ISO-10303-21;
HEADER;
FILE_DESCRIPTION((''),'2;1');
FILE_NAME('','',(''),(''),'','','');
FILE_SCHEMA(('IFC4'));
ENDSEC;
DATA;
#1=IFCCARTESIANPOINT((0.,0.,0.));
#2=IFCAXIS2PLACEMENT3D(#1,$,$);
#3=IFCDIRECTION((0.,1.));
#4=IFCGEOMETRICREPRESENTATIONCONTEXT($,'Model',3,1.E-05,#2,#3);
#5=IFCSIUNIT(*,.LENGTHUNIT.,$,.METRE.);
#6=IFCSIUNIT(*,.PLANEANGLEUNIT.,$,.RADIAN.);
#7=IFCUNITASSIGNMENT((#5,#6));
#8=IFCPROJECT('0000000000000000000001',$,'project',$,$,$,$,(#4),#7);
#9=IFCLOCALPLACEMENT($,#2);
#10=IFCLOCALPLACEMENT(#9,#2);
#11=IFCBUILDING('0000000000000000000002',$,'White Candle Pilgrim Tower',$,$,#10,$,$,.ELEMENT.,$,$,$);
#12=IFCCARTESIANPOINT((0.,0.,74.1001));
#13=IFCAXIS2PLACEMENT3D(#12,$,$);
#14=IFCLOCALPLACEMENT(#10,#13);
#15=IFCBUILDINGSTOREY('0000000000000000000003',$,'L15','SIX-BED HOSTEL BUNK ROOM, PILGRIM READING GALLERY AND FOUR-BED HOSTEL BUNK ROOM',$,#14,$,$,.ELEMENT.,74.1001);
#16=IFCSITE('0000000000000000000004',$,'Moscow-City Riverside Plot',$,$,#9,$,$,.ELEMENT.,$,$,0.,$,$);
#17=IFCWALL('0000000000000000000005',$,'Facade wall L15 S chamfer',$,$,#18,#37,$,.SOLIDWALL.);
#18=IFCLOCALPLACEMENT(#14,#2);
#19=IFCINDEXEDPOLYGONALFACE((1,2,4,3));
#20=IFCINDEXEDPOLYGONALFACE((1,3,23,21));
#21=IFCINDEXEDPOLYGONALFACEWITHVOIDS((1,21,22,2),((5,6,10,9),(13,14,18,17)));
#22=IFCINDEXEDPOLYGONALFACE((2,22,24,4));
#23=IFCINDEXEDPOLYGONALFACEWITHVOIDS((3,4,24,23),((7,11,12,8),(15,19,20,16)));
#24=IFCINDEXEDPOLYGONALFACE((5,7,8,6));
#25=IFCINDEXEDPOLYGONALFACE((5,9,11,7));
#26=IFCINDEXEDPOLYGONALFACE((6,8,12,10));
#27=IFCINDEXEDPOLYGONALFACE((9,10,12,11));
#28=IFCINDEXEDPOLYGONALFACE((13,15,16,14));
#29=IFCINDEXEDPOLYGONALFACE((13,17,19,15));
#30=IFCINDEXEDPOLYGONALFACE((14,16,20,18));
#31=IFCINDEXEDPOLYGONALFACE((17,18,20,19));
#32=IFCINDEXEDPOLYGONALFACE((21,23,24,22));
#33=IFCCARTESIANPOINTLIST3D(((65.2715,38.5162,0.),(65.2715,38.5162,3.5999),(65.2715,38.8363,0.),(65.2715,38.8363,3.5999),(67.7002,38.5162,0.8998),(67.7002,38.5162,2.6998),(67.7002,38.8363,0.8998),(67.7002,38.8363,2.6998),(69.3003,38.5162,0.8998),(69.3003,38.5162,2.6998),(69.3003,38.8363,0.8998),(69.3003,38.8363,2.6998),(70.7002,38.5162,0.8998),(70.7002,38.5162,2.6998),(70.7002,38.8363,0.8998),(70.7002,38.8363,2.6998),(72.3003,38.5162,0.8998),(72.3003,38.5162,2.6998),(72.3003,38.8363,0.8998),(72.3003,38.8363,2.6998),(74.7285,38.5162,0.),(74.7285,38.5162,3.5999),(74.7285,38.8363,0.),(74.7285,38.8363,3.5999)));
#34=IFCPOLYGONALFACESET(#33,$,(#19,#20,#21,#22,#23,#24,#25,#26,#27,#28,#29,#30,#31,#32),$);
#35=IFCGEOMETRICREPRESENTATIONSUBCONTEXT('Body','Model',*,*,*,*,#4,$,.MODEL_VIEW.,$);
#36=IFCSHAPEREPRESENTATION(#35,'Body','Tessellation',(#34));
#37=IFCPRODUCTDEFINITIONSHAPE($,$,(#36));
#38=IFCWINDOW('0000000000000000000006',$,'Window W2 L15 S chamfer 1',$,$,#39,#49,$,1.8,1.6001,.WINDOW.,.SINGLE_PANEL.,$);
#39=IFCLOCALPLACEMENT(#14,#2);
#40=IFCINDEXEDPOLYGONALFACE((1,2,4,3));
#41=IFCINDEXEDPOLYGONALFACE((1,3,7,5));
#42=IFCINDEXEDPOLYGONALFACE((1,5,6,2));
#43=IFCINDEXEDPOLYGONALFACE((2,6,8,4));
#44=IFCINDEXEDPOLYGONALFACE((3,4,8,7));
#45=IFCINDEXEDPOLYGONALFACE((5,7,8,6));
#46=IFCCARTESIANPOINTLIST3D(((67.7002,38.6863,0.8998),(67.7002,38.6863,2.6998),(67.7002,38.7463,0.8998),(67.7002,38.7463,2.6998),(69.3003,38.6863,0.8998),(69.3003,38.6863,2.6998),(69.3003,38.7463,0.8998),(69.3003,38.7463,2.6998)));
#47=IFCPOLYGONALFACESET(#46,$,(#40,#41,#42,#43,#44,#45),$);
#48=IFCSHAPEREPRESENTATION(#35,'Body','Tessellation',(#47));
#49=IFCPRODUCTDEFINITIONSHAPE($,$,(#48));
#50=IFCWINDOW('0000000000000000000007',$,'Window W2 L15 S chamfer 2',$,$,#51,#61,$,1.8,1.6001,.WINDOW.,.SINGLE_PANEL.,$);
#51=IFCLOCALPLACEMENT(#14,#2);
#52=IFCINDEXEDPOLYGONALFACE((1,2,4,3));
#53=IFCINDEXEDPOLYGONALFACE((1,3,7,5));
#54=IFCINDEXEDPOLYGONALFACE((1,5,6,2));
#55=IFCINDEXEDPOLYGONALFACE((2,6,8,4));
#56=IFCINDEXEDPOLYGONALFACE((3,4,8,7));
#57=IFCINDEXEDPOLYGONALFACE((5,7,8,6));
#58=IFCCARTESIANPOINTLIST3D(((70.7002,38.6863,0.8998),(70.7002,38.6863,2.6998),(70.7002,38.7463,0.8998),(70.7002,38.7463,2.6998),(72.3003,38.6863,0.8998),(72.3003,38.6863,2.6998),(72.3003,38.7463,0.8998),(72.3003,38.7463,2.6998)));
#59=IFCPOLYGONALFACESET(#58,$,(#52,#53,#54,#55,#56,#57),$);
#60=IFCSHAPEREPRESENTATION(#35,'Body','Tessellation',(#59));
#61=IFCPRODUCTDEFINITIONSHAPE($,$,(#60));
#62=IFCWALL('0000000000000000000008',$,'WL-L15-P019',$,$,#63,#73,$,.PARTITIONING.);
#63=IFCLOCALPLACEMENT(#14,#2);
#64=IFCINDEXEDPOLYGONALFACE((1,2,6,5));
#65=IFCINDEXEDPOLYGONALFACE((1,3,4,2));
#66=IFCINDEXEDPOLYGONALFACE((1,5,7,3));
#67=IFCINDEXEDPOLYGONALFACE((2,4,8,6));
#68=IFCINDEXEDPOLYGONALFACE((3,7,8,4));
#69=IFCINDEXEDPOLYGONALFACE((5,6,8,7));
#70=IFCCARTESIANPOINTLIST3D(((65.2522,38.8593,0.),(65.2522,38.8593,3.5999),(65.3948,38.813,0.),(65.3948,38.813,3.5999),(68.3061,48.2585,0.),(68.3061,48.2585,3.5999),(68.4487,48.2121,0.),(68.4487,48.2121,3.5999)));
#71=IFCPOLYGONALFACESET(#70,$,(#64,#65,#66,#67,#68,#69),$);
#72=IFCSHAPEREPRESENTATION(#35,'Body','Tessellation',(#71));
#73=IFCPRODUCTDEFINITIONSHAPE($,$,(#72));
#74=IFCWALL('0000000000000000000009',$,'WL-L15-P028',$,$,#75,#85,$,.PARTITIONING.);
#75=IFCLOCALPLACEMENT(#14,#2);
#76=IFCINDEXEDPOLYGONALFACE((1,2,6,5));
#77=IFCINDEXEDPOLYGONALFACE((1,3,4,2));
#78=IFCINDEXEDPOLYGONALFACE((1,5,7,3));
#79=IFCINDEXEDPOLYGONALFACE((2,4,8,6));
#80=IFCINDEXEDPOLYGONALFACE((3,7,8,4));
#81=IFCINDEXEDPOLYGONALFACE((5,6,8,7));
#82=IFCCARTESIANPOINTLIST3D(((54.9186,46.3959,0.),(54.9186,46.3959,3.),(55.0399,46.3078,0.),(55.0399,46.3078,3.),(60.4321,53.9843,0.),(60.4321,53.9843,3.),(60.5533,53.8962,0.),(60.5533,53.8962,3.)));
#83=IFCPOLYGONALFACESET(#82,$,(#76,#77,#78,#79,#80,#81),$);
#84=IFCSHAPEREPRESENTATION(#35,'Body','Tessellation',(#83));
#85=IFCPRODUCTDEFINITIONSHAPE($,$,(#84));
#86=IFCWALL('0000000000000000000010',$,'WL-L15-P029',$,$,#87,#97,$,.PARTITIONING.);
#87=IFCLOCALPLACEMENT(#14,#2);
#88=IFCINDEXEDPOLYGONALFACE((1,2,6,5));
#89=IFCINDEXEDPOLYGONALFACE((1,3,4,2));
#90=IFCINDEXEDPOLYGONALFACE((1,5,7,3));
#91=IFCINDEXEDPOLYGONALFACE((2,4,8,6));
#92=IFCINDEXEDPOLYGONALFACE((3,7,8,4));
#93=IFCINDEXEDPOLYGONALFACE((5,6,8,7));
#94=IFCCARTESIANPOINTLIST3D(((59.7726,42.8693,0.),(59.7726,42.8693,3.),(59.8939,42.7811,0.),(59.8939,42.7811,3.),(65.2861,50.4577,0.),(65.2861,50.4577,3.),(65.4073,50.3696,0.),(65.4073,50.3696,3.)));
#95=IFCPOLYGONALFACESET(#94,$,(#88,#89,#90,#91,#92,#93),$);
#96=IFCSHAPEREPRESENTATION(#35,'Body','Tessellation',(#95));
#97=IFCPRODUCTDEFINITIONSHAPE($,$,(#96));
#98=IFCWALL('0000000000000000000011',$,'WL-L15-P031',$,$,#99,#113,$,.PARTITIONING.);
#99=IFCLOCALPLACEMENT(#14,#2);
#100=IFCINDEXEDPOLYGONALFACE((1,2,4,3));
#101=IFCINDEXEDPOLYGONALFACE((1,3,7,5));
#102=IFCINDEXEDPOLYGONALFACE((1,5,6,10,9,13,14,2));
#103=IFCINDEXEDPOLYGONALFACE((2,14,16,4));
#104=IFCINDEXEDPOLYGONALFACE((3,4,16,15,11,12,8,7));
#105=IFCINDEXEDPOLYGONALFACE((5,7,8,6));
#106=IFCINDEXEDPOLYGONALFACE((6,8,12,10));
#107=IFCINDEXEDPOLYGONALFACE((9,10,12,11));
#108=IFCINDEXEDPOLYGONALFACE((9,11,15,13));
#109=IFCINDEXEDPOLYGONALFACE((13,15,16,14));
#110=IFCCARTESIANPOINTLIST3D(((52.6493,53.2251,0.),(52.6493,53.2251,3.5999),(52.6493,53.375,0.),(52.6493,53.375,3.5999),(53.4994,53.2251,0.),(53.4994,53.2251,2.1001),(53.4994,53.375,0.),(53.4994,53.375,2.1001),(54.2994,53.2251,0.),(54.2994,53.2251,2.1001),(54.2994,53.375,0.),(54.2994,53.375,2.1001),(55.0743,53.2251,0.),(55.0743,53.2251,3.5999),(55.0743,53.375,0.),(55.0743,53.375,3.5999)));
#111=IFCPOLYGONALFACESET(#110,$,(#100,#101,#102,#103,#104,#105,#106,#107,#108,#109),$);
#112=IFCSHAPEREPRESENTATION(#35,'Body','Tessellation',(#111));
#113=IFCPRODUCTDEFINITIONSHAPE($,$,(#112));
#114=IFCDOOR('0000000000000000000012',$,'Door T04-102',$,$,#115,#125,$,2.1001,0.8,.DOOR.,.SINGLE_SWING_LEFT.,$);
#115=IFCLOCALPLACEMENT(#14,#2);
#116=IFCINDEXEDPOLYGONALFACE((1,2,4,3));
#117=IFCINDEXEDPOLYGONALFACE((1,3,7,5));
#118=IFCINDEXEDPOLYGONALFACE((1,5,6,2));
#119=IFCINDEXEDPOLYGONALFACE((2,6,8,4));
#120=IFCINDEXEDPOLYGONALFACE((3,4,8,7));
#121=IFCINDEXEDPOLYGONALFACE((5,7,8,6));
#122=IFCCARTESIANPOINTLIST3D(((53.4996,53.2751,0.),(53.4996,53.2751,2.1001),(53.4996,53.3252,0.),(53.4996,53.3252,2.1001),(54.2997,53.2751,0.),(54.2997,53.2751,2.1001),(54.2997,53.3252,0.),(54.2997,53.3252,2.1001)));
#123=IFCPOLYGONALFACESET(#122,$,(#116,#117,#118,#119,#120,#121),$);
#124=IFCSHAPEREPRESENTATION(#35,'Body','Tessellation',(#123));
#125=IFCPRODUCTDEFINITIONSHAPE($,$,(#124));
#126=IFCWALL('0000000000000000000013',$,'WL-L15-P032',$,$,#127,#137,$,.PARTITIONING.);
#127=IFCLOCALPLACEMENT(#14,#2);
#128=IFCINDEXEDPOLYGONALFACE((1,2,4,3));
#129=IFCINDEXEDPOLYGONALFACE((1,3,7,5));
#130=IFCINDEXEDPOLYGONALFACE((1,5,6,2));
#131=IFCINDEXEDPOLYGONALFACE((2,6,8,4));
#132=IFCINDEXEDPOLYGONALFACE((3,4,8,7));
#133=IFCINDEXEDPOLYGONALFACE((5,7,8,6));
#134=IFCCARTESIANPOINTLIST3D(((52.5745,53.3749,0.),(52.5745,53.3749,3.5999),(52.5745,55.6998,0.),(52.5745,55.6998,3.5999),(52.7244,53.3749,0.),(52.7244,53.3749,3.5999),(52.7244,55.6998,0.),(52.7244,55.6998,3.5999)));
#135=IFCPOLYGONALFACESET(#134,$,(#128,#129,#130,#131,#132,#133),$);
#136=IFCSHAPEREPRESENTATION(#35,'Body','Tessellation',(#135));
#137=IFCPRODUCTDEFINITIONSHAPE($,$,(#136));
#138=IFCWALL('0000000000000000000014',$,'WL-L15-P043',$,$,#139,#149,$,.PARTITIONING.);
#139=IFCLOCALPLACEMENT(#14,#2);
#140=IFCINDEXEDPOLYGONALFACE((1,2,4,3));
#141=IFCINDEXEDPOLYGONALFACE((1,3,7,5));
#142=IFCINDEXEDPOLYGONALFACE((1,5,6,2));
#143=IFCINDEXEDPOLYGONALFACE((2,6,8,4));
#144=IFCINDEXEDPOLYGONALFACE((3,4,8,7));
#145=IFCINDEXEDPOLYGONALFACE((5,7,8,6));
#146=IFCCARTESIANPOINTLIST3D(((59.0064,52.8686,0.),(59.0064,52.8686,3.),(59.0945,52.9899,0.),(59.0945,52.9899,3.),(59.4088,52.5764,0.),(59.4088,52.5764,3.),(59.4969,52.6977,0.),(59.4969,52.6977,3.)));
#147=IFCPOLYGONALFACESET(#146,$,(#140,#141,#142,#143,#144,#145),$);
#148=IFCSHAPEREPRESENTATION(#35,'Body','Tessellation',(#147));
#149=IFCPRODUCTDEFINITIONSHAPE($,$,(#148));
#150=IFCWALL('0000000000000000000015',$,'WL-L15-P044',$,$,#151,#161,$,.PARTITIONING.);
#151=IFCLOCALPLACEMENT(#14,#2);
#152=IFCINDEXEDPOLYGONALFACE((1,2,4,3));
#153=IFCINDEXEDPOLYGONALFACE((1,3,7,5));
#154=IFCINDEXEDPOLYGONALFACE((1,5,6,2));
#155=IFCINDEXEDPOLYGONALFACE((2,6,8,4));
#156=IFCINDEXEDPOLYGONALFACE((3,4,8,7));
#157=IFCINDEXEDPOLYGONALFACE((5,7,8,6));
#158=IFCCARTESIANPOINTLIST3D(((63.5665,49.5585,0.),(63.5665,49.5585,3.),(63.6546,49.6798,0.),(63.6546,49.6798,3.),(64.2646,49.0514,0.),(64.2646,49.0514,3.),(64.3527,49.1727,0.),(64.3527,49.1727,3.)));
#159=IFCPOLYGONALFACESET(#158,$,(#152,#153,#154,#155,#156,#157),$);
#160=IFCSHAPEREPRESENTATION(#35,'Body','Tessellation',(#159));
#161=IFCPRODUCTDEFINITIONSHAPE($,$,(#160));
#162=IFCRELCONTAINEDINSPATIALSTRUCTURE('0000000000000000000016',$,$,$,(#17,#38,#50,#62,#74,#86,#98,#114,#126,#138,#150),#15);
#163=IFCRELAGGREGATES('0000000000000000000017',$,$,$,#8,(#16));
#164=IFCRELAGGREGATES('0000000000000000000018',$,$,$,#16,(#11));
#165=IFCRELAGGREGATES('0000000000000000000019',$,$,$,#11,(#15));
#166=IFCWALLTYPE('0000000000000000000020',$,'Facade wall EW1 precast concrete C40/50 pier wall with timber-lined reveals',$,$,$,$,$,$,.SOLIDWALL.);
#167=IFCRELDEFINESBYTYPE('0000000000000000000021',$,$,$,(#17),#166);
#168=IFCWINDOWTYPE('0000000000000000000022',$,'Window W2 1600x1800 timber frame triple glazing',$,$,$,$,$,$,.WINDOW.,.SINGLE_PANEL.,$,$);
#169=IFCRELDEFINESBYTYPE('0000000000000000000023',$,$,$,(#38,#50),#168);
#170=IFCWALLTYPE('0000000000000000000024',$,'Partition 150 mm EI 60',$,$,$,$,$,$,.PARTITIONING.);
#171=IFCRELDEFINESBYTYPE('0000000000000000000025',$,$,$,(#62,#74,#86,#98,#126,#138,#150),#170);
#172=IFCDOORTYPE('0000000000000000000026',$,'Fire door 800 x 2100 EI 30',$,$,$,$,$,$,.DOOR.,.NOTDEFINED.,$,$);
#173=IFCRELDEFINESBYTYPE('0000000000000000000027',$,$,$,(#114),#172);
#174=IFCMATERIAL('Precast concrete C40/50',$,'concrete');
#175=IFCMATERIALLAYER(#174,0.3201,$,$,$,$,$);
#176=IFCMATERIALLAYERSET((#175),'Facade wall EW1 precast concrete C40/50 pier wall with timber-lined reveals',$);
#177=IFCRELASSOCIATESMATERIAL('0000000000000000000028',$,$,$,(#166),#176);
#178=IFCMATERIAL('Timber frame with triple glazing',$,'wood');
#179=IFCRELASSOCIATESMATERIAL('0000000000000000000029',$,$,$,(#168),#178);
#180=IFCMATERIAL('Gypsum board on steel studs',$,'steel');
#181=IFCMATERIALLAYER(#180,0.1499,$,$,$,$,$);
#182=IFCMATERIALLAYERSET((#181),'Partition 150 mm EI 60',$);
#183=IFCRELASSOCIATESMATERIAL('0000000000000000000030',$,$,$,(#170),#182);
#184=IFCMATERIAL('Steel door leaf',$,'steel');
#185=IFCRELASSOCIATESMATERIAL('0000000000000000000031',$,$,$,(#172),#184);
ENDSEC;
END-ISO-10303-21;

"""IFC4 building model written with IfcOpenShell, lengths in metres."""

from ifc_helpers import new_model, si_unit, direction, frame, frame_2d, origin, place, context, subcontext, project, spatial, rectangle, extrude, material, layer, layer_set, type_object, element, fill, save


model = new_model("IFC4")

# Units and contexts
model_context = context("Model", 3, precision=1e-05, world=origin(), true_north=direction((0.0, 1.0)))
body_context = subcontext(model_context, "Body", "Model", "MODEL_VIEW")
ifc_project = project(units=[si_unit("LENGTHUNIT", "METRE"), si_unit("PLANEANGLEUNIT", "RADIAN")], contexts=[model_context])

# Site, building, storey
site_placement = place(None, origin())
site = spatial("IfcSite", under=ifc_project, at=site_placement, Name="Moscow-City Riverside Plot", CompositionType="ELEMENT", RefElevation=0.0)
building_placement = place(site_placement, origin())
building = spatial("IfcBuilding", under=site, at=building_placement, Name="White Candle Pilgrim Tower", CompositionType="ELEMENT")
storey_placement = place(building_placement, frame((0.0, 0.0, 74.1001)))
storey = spatial("IfcBuildingStorey", under=building, at=storey_placement, Name="L15", Description="SIX-BED HOSTEL BUNK ROOM, PILGRIM READING GALLERY AND FOUR-BED HOSTEL BUNK ROOM", CompositionType="ELEMENT", Elevation=74.1001)

# Wall, openings, windows
ifc_material_1 = material(Name="Precast concrete C40/50", Category="concrete")
ifc_layer_1 = layer(ifc_material_1, 0.3201)
ifc_layer_set_1 = layer_set([ifc_layer_1], Name="Facade wall EW1 precast concrete C40/50 pier wall with timber-lined reveals")
wall_type_1 = type_object("IfcWallType", Name="Facade wall EW1 precast concrete C40/50 pier wall with timber-lined reveals", PredefinedType="SOLIDWALL", material=ifc_layer_set_1)
wall_1_placement = place(storey_placement, frame((65.2715, 38.6763, 0.0), z_axis=(0.0, 0.0, 1.0), x_axis=(1.0, 0.0, 0.0)))
wall_1 = element("IfcWall", 1, at=wall_1_placement, inside=storey, type_object=wall_type_1, Name="Facade wall L15 S chamfer", PredefinedType="SOLIDWALL", context=body_context, shape_type="SweptSolid", body=[
    extrude(rectangle(XDim=9.457, YDim=0.3201, at=frame_2d((4.7285, 0.0))), origin(), (0.0, 0.0, 1.0), 3.5999),
])
opening_1_placement = place(wall_1_placement, frame((2.4287, 0.0, 0.8999)))
opening_1 = element("IfcOpeningElement", 2, at=opening_1_placement, cuts=wall_1, PredefinedType="OPENING", context=body_context, shape_type="SweptSolid", body=[
    extrude(rectangle(XDim=1.6001, YDim=1.8, at=frame_2d((0.8, 0.8999))), frame((0.0, 0.1699, 0.0), z_axis=(0.0, -1.0, 0.0), x_axis=(1.0, 0.0, 0.0)), (0.0, 0.0, 1.0), 0.3401),
])
opening_2_placement = place(wall_1_placement, frame((5.4287, 0.0, 0.8999)))
opening_2 = element("IfcOpeningElement", 3, at=opening_2_placement, cuts=wall_1, PredefinedType="OPENING", context=body_context, shape_type="SweptSolid", body=[
    extrude(rectangle(XDim=1.6001, YDim=1.8, at=frame_2d((0.8, 0.8999))), frame((0.0, 0.1699, 0.0), z_axis=(0.0, -1.0, 0.0), x_axis=(1.0, 0.0, 0.0)), (0.0, 0.0, 1.0), 0.3401),
])
ifc_material_2 = material(Name="Timber frame with triple glazing", Category="wood")
window_type = type_object("IfcWindowType", Name="Window W2 1600x1800 timber frame triple glazing", PartitioningType="SINGLE_PANEL", PredefinedType="WINDOW", material=ifc_material_2)
window_1_placement = place(opening_1_placement, origin())
window_1 = element("IfcWindow", 4, at=window_1_placement, inside=storey, type_object=window_type, Name="Window W2 L15 S chamfer 1", OverallHeight=1.8, OverallWidth=1.6001, PartitioningType="SINGLE_PANEL", PredefinedType="WINDOW", context=body_context, shape_type="SweptSolid", body=[
    extrude(rectangle(XDim=1.6001, YDim=1.8, at=frame_2d((0.8, 0.8999))), frame((0.0, 0.0701, 0.0), z_axis=(0.0, -1.0, 0.0), x_axis=(1.0, 0.0, 0.0)), (0.0, 0.0, 1.0), 0.0601),
])
fill(opening_1, window_1)
window_2_placement = place(opening_2_placement, origin())
window_2 = element("IfcWindow", 5, at=window_2_placement, inside=storey, type_object=window_type, Name="Window W2 L15 S chamfer 2", OverallHeight=1.8, OverallWidth=1.6001, PartitioningType="SINGLE_PANEL", PredefinedType="WINDOW", context=body_context, shape_type="SweptSolid", body=[
    extrude(rectangle(XDim=1.6001, YDim=1.8, at=frame_2d((0.8, 0.8999))), frame((0.0, 0.0701, 0.0), z_axis=(0.0, -1.0, 0.0), x_axis=(1.0, 0.0, 0.0)), (0.0, 0.0, 1.0), 0.0601),
])
fill(opening_2, window_2)

# Walls
ifc_material_3 = material(Name="Gypsum board on steel studs", Category="steel")
ifc_layer_2 = layer(ifc_material_3, 0.1499)
ifc_layer_set_2 = layer_set([ifc_layer_2], Name="Partition 150 mm EI 60")
wall_type_2 = type_object("IfcWallType", Name="Partition 150 mm EI 60", PredefinedType="PARTITIONING", material=ifc_layer_set_2)
wall_2_placement = place(storey_placement, frame((65.3235, 38.8362, 0.0), z_axis=(0.0, 0.0, 1.0), x_axis=(0.309015, 0.951057, 0.0)))
element("IfcWall", 6, at=wall_2_placement, inside=storey, type_object=wall_type_2, Name="WL-L15-P019", PredefinedType="PARTITIONING", context=body_context, shape_type="SweptSolid", body=[
    extrude(rectangle(XDim=9.8828, YDim=0.1499, at=frame_2d((4.9414, 0.0))), origin(), (0.0, 0.0, 1.0), 3.5999),
])
for number, where, z_axis, x_axis, name in (
    (7, (54.9792, 46.3518, 0.0), (0.0, 0.0, 1.0), (0.587796, 0.80901, 0.0), "WL-L15-P028"),
    (8, (59.8333, 42.8252, 0.0), (0.0, 0.0, 1.0), (0.587796, 0.80901, 0.0), "WL-L15-P029"),
):
    element("IfcWall", number, at=place(storey_placement, frame(where, z_axis=z_axis, x_axis=x_axis)), inside=storey, type_object=wall_type_2, Name=name, PredefinedType="PARTITIONING", context=body_context, shape_type="SweptSolid", body=[
        extrude(rectangle(XDim=9.3799, YDim=0.1499, at=frame_2d((4.6899, 0.0))), origin(), (0.0, 0.0, 1.0), 3.0),
    ])

# Wall, opening, door
wall_3_placement = place(storey_placement, frame((52.6494, 53.3, 0.0), z_axis=(0.0, 0.0, 1.0), x_axis=(1.0, 0.0, 0.0)))
wall_3 = element("IfcWall", 9, at=wall_3_placement, inside=storey, type_object=wall_type_2, Name="WL-L15-P031", PredefinedType="PARTITIONING", context=body_context, shape_type="SweptSolid", body=[
    extrude(rectangle(XDim=2.425, YDim=0.1499, at=frame_2d((1.2124, 0.0))), origin(), (0.0, 0.0, 1.0), 3.5999),
])
opening_3_placement = place(wall_3_placement, frame((0.8501, 0.0, 0.0)))
opening_3 = element("IfcOpeningElement", 10, at=opening_3_placement, cuts=wall_3, PredefinedType="OPENING", context=body_context, shape_type="SweptSolid", body=[
    extrude(rectangle(XDim=0.8, YDim=2.1001, at=frame_2d((0.3999, 1.05))), frame((0.0, 0.085, 0.0), z_axis=(0.0, -1.0, 0.0), x_axis=(1.0, 0.0, 0.0)), (0.0, 0.0, 1.0), 0.1699),
])
ifc_material_4 = material(Name="Steel door leaf", Category="steel")
door_type = type_object("IfcDoorType", Name="Fire door 800 x 2100 EI 30", OperationType="NOTDEFINED", PredefinedType="DOOR", material=ifc_material_4)
door_placement = place(opening_3_placement, frame((0.8, 0.0, 0.0), z_axis=(0.0, 0.0, 1.0), x_axis=(-1.0, 0.0, 0.0)))
door = element("IfcDoor", 11, at=door_placement, inside=storey, type_object=door_type, Name="Door T04-102", OperationType="SINGLE_SWING_LEFT", OverallHeight=2.1001, OverallWidth=0.8, PredefinedType="DOOR", context=body_context, shape_type="SweptSolid", body=[
    extrude(rectangle(XDim=0.8, YDim=2.1001, at=frame_2d((0.3999, 1.05))), frame((0.0, 0.0249, 0.0), z_axis=(0.0, -1.0, 0.0), x_axis=(1.0, 0.0, 0.0)), (0.0, 0.0, 1.0), 0.05),
])
fill(opening_3, door)

# Walls
wall_4_placement = place(storey_placement, frame((52.6494, 55.7, 0.0), z_axis=(0.0, 0.0, 1.0), x_axis=(0.0, -1.0, 0.0)))
element("IfcWall", 12, at=wall_4_placement, inside=storey, type_object=wall_type_2, Name="WL-L15-P032", PredefinedType="PARTITIONING", context=body_context, shape_type="SweptSolid", body=[
    extrude(rectangle(XDim=2.325, YDim=0.1499, at=frame_2d((1.1626, 0.0))), origin(), (0.0, 0.0, 1.0), 3.5999),
])
wall_5_placement = place(storey_placement, frame((59.0505, 52.9292, 0.0), z_axis=(0.0, 0.0, 1.0), x_axis=(0.809097, -0.587675, 0.0)))
element("IfcWall", 13, at=wall_5_placement, inside=storey, type_object=wall_type_2, Name="WL-L15-P043", PredefinedType="PARTITIONING", context=body_context, shape_type="SweptSolid", body=[
    extrude(rectangle(XDim=0.4973, YDim=0.1499, at=frame_2d((0.2485, 0.0))), origin(), (0.0, 0.0, 1.0), 3.0),
])
wall_6_placement = place(storey_placement, frame((63.6106, 49.6191, 0.0), z_axis=(0.0, 0.0, 1.0), x_axis=(0.809042, -0.587751, 0.0)))
element("IfcWall", 14, at=wall_6_placement, inside=storey, type_object=wall_type_2, Name="WL-L15-P044", PredefinedType="PARTITIONING", context=body_context, shape_type="SweptSolid", body=[
    extrude(rectangle(XDim=0.8628, YDim=0.1499, at=frame_2d((0.4314, 0.0))), origin(), (0.0, 0.0, 1.0), 3.0),
])

save(model, "model.ifc")
